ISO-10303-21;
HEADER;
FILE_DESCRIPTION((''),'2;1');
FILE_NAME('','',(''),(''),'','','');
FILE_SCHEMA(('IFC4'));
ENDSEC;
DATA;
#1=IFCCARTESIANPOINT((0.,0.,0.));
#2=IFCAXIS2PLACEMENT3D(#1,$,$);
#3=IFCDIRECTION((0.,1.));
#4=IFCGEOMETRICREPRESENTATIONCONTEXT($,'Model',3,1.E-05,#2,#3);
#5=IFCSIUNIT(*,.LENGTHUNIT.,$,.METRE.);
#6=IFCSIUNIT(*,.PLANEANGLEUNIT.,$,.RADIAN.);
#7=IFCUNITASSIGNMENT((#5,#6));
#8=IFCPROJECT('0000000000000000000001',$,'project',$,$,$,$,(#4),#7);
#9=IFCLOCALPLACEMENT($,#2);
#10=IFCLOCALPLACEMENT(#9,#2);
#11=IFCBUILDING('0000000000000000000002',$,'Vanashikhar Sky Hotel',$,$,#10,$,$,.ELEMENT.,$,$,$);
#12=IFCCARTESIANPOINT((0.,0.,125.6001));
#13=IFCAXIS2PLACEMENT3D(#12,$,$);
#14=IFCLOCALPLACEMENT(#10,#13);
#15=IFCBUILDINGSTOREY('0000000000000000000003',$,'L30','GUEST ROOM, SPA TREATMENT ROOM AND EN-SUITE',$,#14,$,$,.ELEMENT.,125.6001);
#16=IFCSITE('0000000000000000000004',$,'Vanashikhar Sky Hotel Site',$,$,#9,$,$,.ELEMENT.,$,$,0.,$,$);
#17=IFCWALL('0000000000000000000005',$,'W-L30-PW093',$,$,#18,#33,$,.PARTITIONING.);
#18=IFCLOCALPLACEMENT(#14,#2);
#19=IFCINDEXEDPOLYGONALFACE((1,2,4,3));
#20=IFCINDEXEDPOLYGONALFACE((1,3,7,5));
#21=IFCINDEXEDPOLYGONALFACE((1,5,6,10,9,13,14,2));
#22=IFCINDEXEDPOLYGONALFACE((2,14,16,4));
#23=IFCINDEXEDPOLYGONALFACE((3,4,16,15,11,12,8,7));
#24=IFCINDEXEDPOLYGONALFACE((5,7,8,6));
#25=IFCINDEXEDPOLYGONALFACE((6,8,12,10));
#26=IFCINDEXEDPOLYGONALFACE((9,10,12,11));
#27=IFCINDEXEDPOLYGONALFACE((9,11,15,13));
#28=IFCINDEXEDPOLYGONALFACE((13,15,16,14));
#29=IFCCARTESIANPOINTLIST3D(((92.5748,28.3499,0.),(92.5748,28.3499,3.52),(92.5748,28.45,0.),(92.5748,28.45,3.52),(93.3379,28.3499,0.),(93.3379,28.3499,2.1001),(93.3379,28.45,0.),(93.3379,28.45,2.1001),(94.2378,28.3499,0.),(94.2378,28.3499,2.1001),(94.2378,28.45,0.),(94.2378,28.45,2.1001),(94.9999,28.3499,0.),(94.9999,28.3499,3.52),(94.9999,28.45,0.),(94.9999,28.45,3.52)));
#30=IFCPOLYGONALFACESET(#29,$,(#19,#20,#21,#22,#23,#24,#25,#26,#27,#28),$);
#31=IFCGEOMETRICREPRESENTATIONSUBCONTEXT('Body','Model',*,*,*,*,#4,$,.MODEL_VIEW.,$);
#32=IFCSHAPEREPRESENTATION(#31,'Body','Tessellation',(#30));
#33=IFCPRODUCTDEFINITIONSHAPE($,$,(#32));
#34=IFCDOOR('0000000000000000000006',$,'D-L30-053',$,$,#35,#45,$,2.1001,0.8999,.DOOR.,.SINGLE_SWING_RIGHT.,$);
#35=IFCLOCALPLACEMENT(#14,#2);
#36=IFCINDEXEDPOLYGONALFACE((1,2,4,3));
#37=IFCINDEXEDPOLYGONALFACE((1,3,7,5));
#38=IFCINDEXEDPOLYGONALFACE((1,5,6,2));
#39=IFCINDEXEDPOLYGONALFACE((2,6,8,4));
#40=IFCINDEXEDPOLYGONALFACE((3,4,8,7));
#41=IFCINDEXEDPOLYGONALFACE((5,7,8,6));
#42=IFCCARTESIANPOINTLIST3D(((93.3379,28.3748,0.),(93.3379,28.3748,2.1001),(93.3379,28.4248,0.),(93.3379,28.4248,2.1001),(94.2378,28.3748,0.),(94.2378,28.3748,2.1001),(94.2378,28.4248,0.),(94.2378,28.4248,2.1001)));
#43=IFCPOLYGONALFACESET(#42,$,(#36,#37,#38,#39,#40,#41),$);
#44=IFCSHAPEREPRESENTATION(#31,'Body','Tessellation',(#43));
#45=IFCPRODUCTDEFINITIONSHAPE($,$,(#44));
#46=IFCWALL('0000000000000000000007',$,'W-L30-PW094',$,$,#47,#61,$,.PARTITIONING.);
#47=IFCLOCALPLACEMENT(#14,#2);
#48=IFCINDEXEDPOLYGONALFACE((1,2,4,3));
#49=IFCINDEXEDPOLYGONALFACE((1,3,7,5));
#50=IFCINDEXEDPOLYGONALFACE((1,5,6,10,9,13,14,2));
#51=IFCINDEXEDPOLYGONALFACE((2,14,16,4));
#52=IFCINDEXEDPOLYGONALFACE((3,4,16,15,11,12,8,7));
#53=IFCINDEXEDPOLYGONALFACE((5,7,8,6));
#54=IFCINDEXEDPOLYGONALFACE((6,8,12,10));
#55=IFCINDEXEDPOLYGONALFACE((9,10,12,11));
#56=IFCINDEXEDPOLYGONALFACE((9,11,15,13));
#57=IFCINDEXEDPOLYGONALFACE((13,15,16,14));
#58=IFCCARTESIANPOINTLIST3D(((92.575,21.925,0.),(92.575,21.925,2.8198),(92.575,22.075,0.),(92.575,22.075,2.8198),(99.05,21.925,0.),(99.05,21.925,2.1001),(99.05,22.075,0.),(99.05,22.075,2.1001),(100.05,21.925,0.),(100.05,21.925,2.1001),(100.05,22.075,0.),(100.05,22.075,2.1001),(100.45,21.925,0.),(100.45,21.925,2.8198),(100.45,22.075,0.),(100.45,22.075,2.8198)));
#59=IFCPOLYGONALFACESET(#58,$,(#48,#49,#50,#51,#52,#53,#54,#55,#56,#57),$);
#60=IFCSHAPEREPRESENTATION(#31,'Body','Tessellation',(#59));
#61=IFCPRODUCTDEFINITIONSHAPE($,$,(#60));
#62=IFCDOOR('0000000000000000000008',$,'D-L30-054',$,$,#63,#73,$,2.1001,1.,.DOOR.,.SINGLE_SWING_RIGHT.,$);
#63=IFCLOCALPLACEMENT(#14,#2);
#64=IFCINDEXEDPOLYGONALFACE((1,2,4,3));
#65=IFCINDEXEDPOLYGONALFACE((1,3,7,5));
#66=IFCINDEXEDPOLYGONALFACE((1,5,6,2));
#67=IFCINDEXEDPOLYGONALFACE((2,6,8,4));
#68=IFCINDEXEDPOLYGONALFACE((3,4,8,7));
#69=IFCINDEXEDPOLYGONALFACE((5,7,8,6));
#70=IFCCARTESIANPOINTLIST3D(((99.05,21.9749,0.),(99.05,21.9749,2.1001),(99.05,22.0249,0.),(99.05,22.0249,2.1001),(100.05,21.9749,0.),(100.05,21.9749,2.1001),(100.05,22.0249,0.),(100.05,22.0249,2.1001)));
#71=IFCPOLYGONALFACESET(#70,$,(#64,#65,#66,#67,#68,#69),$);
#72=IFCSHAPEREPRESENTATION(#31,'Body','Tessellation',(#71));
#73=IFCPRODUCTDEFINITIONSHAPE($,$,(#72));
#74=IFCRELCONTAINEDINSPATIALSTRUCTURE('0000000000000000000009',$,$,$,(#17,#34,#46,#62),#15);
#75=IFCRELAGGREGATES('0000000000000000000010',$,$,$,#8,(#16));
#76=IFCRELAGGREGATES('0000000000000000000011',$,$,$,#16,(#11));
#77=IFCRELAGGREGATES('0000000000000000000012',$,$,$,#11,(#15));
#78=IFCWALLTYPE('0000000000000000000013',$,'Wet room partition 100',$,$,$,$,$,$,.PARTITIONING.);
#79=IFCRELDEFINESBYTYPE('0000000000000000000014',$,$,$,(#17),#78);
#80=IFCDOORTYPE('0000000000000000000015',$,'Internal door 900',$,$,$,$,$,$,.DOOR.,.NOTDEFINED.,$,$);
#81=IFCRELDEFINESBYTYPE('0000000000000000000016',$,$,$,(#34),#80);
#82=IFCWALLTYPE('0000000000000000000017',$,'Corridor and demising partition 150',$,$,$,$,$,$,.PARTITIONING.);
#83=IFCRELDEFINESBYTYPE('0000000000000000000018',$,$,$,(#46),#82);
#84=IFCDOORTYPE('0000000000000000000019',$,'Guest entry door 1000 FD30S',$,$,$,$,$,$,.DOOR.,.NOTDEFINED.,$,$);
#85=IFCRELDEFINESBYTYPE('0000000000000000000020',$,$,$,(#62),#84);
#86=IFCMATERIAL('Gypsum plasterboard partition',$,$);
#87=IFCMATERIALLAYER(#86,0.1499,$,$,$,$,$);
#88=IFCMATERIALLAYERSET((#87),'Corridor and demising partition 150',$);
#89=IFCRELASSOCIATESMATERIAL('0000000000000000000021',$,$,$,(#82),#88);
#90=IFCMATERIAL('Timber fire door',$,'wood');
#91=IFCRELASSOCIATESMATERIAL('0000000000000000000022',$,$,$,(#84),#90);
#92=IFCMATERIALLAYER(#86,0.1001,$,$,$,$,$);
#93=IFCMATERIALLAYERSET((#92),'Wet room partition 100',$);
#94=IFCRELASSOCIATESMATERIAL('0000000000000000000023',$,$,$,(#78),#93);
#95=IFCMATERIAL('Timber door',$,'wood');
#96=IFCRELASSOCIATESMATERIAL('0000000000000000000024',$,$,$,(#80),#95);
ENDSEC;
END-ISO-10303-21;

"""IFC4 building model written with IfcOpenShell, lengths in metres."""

from ifc_helpers import new_model, si_unit, direction, frame, frame_2d, origin, place, context, subcontext, project, spatial, rectangle, extrude, source, transform, mapped, material, layer, layer_set, type_object, element, fill, save


model = new_model("IFC4")

# Units and contexts
model_context = context("Model", 3, precision=1e-05, world=origin(), true_north=direction((0.0, 1.0)))
body_context = subcontext(model_context, "Body", "Model", "MODEL_VIEW")
ifc_project = project(units=[si_unit("LENGTHUNIT", "METRE"), si_unit("PLANEANGLEUNIT", "RADIAN")], contexts=[model_context])

# Site, building, storey
site_placement = place(None, origin())
site = spatial("IfcSite", under=ifc_project, at=site_placement, Name="Vanashikhar Sky Hotel Site", CompositionType="ELEMENT", RefElevation=0.0)
building_placement = place(site_placement, origin())
building = spatial("IfcBuilding", under=site, at=building_placement, Name="Vanashikhar Sky Hotel", CompositionType="ELEMENT")
storey_placement = place(building_placement, frame((0.0, 0.0, 125.6001)))
storey = spatial("IfcBuildingStorey", under=building, at=storey_placement, Name="L30", Description="GUEST ROOM, SPA TREATMENT ROOM AND EN-SUITE", CompositionType="ELEMENT", Elevation=125.6001)

# Shared definitions
ifc_material_1 = material(Name="Gypsum plasterboard partition")
ifc_layer_1 = layer(ifc_material_1, 0.1499)
ifc_layer_set_1 = layer_set([ifc_layer_1], Name="Corridor and demising partition 150")
wall_type_1 = type_object("IfcWallType", Name="Corridor and demising partition 150", PredefinedType="PARTITIONING", material=ifc_layer_set_1)
shared_shape_1 = source(origin(), body_context, "Body", "SweptSolid", [
    extrude(rectangle(XDim=1.0, YDim=2.1001, at=frame_2d((0.5, 1.05))), frame((0.0, 0.085, 0.0), z_axis=(0.0, -1.0, 0.0), x_axis=(1.0, 0.0, 0.0)), (0.0, 0.0, 1.0), 0.1699),
])
ifc_material_2 = material(Name="Timber fire door", Category="wood")
door_type_1 = type_object("IfcDoorType", Name="Guest entry door 1000 FD30S", OperationType="NOTDEFINED", PredefinedType="DOOR", material=ifc_material_2)
shared_shape_2 = source(origin(), body_context, "Body", "SweptSolid", [
    extrude(rectangle(XDim=1.0, YDim=2.1001, at=frame_2d((0.5, 1.05))), frame((0.0, 0.0249, 0.0), z_axis=(0.0, -1.0, 0.0), x_axis=(1.0, 0.0, 0.0)), (0.0, 0.0, 1.0), 0.05),
])
ifc_layer_2 = layer(ifc_material_1, 0.1001)
ifc_layer_set_2 = layer_set([ifc_layer_2], Name="Wet room partition 100")
wall_type_2 = type_object("IfcWallType", Name="Wet room partition 100", PredefinedType="PARTITIONING", material=ifc_layer_set_2)
shared_shape_3 = source(origin(), body_context, "Body", "SweptSolid", [
    extrude(rectangle(XDim=0.8999, YDim=2.1001, at=frame_2d((0.45, 1.05))), frame((0.0, 0.0601, 0.0), z_axis=(0.0, -1.0, 0.0), x_axis=(1.0, 0.0, 0.0)), (0.0, 0.0, 1.0), 0.1201),
])
ifc_material_3 = material(Name="Timber door", Category="wood")
door_type_2 = type_object("IfcDoorType", Name="Internal door 900", OperationType="NOTDEFINED", PredefinedType="DOOR", material=ifc_material_3)
shared_shape_4 = source(origin(), body_context, "Body", "SweptSolid", [
    extrude(rectangle(XDim=0.8999, YDim=2.1001, at=frame_2d((0.45, 1.05))), frame((0.0, 0.0249, 0.0), z_axis=(0.0, -1.0, 0.0), x_axis=(1.0, 0.0, 0.0)), (0.0, 0.0, 1.0), 0.05),
])

# Walls, openings, doors
shared_shape_5 = source(origin(), body_context, "Body", "SweptSolid", [
    extrude(rectangle(XDim=2.425, YDim=0.1001, at=frame_2d((1.2124, 0.0))), origin(), (0.0, 0.0, 1.0), 3.52),
])
wall_1_placement = place(storey_placement, frame((92.575, 28.3999, 0.0), z_axis=(0.0, 0.0, 1.0), x_axis=(1.0, 0.0, 0.0)))
wall_1 = element("IfcWall", 1, at=wall_1_placement, inside=storey, type_object=wall_type_2, Name="W-L30-PW093", PredefinedType="PARTITIONING", context=body_context, shape_type="MappedRepresentation", body=[
    mapped(shared_shape_5, transform((0.0, 0.0, 0.0), scale=1.0)),
])
opening_1_placement = place(wall_1_placement, frame((0.7629, 0.0, 0.0)))
opening_1 = element("IfcOpeningElement", 2, at=opening_1_placement, cuts=wall_1, PredefinedType="OPENING", context=body_context, shape_type="MappedRepresentation", body=[
    mapped(shared_shape_3, transform((0.0, 0.0, 0.0), scale=1.0)),
])
door_1_placement = place(opening_1_placement, origin())
door_1 = element("IfcDoor", 3, at=door_1_placement, inside=storey, type_object=door_type_2, Name="D-L30-053", OperationType="SINGLE_SWING_RIGHT", OverallHeight=2.1001, OverallWidth=0.8999, PredefinedType="DOOR", context=body_context, shape_type="MappedRepresentation", body=[
    mapped(shared_shape_4, transform((0.0, 0.0, 0.0), scale=1.0)),
])
fill(opening_1, door_1)
shared_shape_6 = source(origin(), body_context, "Body", "SweptSolid", [
    extrude(rectangle(XDim=7.875, YDim=0.1499, at=frame_2d((3.9375, 0.0))), origin(), (0.0, 0.0, 1.0), 2.8198),
])
wall_2_placement = place(storey_placement, frame((92.575, 22.0, 0.0), z_axis=(0.0, 0.0, 1.0), x_axis=(1.0, 0.0, 0.0)))
wall_2 = element("IfcWall", 4, at=wall_2_placement, inside=storey, type_object=wall_type_1, Name="W-L30-PW094", PredefinedType="PARTITIONING", context=body_context, shape_type="MappedRepresentation", body=[
    mapped(shared_shape_6, transform((0.0, 0.0, 0.0), scale=1.0)),
])
opening_2_placement = place(wall_2_placement, frame((6.4751, 0.0, 0.0)))
opening_2 = element("IfcOpeningElement", 5, at=opening_2_placement, cuts=wall_2, PredefinedType="OPENING", context=body_context, shape_type="MappedRepresentation", body=[
    mapped(shared_shape_1, transform((0.0, 0.0, 0.0), scale=1.0)),
])
door_2_placement = place(opening_2_placement, origin())
door_2 = element("IfcDoor", 6, at=door_2_placement, inside=storey, type_object=door_type_1, Name="D-L30-054", OperationType="SINGLE_SWING_RIGHT", OverallHeight=2.1001, OverallWidth=1.0, PredefinedType="DOOR", context=body_context, shape_type="MappedRepresentation", body=[
    mapped(shared_shape_2, transform((0.0, 0.0, 0.0), scale=1.0)),
])
fill(opening_2, door_2)

save(model, "model.ifc")
